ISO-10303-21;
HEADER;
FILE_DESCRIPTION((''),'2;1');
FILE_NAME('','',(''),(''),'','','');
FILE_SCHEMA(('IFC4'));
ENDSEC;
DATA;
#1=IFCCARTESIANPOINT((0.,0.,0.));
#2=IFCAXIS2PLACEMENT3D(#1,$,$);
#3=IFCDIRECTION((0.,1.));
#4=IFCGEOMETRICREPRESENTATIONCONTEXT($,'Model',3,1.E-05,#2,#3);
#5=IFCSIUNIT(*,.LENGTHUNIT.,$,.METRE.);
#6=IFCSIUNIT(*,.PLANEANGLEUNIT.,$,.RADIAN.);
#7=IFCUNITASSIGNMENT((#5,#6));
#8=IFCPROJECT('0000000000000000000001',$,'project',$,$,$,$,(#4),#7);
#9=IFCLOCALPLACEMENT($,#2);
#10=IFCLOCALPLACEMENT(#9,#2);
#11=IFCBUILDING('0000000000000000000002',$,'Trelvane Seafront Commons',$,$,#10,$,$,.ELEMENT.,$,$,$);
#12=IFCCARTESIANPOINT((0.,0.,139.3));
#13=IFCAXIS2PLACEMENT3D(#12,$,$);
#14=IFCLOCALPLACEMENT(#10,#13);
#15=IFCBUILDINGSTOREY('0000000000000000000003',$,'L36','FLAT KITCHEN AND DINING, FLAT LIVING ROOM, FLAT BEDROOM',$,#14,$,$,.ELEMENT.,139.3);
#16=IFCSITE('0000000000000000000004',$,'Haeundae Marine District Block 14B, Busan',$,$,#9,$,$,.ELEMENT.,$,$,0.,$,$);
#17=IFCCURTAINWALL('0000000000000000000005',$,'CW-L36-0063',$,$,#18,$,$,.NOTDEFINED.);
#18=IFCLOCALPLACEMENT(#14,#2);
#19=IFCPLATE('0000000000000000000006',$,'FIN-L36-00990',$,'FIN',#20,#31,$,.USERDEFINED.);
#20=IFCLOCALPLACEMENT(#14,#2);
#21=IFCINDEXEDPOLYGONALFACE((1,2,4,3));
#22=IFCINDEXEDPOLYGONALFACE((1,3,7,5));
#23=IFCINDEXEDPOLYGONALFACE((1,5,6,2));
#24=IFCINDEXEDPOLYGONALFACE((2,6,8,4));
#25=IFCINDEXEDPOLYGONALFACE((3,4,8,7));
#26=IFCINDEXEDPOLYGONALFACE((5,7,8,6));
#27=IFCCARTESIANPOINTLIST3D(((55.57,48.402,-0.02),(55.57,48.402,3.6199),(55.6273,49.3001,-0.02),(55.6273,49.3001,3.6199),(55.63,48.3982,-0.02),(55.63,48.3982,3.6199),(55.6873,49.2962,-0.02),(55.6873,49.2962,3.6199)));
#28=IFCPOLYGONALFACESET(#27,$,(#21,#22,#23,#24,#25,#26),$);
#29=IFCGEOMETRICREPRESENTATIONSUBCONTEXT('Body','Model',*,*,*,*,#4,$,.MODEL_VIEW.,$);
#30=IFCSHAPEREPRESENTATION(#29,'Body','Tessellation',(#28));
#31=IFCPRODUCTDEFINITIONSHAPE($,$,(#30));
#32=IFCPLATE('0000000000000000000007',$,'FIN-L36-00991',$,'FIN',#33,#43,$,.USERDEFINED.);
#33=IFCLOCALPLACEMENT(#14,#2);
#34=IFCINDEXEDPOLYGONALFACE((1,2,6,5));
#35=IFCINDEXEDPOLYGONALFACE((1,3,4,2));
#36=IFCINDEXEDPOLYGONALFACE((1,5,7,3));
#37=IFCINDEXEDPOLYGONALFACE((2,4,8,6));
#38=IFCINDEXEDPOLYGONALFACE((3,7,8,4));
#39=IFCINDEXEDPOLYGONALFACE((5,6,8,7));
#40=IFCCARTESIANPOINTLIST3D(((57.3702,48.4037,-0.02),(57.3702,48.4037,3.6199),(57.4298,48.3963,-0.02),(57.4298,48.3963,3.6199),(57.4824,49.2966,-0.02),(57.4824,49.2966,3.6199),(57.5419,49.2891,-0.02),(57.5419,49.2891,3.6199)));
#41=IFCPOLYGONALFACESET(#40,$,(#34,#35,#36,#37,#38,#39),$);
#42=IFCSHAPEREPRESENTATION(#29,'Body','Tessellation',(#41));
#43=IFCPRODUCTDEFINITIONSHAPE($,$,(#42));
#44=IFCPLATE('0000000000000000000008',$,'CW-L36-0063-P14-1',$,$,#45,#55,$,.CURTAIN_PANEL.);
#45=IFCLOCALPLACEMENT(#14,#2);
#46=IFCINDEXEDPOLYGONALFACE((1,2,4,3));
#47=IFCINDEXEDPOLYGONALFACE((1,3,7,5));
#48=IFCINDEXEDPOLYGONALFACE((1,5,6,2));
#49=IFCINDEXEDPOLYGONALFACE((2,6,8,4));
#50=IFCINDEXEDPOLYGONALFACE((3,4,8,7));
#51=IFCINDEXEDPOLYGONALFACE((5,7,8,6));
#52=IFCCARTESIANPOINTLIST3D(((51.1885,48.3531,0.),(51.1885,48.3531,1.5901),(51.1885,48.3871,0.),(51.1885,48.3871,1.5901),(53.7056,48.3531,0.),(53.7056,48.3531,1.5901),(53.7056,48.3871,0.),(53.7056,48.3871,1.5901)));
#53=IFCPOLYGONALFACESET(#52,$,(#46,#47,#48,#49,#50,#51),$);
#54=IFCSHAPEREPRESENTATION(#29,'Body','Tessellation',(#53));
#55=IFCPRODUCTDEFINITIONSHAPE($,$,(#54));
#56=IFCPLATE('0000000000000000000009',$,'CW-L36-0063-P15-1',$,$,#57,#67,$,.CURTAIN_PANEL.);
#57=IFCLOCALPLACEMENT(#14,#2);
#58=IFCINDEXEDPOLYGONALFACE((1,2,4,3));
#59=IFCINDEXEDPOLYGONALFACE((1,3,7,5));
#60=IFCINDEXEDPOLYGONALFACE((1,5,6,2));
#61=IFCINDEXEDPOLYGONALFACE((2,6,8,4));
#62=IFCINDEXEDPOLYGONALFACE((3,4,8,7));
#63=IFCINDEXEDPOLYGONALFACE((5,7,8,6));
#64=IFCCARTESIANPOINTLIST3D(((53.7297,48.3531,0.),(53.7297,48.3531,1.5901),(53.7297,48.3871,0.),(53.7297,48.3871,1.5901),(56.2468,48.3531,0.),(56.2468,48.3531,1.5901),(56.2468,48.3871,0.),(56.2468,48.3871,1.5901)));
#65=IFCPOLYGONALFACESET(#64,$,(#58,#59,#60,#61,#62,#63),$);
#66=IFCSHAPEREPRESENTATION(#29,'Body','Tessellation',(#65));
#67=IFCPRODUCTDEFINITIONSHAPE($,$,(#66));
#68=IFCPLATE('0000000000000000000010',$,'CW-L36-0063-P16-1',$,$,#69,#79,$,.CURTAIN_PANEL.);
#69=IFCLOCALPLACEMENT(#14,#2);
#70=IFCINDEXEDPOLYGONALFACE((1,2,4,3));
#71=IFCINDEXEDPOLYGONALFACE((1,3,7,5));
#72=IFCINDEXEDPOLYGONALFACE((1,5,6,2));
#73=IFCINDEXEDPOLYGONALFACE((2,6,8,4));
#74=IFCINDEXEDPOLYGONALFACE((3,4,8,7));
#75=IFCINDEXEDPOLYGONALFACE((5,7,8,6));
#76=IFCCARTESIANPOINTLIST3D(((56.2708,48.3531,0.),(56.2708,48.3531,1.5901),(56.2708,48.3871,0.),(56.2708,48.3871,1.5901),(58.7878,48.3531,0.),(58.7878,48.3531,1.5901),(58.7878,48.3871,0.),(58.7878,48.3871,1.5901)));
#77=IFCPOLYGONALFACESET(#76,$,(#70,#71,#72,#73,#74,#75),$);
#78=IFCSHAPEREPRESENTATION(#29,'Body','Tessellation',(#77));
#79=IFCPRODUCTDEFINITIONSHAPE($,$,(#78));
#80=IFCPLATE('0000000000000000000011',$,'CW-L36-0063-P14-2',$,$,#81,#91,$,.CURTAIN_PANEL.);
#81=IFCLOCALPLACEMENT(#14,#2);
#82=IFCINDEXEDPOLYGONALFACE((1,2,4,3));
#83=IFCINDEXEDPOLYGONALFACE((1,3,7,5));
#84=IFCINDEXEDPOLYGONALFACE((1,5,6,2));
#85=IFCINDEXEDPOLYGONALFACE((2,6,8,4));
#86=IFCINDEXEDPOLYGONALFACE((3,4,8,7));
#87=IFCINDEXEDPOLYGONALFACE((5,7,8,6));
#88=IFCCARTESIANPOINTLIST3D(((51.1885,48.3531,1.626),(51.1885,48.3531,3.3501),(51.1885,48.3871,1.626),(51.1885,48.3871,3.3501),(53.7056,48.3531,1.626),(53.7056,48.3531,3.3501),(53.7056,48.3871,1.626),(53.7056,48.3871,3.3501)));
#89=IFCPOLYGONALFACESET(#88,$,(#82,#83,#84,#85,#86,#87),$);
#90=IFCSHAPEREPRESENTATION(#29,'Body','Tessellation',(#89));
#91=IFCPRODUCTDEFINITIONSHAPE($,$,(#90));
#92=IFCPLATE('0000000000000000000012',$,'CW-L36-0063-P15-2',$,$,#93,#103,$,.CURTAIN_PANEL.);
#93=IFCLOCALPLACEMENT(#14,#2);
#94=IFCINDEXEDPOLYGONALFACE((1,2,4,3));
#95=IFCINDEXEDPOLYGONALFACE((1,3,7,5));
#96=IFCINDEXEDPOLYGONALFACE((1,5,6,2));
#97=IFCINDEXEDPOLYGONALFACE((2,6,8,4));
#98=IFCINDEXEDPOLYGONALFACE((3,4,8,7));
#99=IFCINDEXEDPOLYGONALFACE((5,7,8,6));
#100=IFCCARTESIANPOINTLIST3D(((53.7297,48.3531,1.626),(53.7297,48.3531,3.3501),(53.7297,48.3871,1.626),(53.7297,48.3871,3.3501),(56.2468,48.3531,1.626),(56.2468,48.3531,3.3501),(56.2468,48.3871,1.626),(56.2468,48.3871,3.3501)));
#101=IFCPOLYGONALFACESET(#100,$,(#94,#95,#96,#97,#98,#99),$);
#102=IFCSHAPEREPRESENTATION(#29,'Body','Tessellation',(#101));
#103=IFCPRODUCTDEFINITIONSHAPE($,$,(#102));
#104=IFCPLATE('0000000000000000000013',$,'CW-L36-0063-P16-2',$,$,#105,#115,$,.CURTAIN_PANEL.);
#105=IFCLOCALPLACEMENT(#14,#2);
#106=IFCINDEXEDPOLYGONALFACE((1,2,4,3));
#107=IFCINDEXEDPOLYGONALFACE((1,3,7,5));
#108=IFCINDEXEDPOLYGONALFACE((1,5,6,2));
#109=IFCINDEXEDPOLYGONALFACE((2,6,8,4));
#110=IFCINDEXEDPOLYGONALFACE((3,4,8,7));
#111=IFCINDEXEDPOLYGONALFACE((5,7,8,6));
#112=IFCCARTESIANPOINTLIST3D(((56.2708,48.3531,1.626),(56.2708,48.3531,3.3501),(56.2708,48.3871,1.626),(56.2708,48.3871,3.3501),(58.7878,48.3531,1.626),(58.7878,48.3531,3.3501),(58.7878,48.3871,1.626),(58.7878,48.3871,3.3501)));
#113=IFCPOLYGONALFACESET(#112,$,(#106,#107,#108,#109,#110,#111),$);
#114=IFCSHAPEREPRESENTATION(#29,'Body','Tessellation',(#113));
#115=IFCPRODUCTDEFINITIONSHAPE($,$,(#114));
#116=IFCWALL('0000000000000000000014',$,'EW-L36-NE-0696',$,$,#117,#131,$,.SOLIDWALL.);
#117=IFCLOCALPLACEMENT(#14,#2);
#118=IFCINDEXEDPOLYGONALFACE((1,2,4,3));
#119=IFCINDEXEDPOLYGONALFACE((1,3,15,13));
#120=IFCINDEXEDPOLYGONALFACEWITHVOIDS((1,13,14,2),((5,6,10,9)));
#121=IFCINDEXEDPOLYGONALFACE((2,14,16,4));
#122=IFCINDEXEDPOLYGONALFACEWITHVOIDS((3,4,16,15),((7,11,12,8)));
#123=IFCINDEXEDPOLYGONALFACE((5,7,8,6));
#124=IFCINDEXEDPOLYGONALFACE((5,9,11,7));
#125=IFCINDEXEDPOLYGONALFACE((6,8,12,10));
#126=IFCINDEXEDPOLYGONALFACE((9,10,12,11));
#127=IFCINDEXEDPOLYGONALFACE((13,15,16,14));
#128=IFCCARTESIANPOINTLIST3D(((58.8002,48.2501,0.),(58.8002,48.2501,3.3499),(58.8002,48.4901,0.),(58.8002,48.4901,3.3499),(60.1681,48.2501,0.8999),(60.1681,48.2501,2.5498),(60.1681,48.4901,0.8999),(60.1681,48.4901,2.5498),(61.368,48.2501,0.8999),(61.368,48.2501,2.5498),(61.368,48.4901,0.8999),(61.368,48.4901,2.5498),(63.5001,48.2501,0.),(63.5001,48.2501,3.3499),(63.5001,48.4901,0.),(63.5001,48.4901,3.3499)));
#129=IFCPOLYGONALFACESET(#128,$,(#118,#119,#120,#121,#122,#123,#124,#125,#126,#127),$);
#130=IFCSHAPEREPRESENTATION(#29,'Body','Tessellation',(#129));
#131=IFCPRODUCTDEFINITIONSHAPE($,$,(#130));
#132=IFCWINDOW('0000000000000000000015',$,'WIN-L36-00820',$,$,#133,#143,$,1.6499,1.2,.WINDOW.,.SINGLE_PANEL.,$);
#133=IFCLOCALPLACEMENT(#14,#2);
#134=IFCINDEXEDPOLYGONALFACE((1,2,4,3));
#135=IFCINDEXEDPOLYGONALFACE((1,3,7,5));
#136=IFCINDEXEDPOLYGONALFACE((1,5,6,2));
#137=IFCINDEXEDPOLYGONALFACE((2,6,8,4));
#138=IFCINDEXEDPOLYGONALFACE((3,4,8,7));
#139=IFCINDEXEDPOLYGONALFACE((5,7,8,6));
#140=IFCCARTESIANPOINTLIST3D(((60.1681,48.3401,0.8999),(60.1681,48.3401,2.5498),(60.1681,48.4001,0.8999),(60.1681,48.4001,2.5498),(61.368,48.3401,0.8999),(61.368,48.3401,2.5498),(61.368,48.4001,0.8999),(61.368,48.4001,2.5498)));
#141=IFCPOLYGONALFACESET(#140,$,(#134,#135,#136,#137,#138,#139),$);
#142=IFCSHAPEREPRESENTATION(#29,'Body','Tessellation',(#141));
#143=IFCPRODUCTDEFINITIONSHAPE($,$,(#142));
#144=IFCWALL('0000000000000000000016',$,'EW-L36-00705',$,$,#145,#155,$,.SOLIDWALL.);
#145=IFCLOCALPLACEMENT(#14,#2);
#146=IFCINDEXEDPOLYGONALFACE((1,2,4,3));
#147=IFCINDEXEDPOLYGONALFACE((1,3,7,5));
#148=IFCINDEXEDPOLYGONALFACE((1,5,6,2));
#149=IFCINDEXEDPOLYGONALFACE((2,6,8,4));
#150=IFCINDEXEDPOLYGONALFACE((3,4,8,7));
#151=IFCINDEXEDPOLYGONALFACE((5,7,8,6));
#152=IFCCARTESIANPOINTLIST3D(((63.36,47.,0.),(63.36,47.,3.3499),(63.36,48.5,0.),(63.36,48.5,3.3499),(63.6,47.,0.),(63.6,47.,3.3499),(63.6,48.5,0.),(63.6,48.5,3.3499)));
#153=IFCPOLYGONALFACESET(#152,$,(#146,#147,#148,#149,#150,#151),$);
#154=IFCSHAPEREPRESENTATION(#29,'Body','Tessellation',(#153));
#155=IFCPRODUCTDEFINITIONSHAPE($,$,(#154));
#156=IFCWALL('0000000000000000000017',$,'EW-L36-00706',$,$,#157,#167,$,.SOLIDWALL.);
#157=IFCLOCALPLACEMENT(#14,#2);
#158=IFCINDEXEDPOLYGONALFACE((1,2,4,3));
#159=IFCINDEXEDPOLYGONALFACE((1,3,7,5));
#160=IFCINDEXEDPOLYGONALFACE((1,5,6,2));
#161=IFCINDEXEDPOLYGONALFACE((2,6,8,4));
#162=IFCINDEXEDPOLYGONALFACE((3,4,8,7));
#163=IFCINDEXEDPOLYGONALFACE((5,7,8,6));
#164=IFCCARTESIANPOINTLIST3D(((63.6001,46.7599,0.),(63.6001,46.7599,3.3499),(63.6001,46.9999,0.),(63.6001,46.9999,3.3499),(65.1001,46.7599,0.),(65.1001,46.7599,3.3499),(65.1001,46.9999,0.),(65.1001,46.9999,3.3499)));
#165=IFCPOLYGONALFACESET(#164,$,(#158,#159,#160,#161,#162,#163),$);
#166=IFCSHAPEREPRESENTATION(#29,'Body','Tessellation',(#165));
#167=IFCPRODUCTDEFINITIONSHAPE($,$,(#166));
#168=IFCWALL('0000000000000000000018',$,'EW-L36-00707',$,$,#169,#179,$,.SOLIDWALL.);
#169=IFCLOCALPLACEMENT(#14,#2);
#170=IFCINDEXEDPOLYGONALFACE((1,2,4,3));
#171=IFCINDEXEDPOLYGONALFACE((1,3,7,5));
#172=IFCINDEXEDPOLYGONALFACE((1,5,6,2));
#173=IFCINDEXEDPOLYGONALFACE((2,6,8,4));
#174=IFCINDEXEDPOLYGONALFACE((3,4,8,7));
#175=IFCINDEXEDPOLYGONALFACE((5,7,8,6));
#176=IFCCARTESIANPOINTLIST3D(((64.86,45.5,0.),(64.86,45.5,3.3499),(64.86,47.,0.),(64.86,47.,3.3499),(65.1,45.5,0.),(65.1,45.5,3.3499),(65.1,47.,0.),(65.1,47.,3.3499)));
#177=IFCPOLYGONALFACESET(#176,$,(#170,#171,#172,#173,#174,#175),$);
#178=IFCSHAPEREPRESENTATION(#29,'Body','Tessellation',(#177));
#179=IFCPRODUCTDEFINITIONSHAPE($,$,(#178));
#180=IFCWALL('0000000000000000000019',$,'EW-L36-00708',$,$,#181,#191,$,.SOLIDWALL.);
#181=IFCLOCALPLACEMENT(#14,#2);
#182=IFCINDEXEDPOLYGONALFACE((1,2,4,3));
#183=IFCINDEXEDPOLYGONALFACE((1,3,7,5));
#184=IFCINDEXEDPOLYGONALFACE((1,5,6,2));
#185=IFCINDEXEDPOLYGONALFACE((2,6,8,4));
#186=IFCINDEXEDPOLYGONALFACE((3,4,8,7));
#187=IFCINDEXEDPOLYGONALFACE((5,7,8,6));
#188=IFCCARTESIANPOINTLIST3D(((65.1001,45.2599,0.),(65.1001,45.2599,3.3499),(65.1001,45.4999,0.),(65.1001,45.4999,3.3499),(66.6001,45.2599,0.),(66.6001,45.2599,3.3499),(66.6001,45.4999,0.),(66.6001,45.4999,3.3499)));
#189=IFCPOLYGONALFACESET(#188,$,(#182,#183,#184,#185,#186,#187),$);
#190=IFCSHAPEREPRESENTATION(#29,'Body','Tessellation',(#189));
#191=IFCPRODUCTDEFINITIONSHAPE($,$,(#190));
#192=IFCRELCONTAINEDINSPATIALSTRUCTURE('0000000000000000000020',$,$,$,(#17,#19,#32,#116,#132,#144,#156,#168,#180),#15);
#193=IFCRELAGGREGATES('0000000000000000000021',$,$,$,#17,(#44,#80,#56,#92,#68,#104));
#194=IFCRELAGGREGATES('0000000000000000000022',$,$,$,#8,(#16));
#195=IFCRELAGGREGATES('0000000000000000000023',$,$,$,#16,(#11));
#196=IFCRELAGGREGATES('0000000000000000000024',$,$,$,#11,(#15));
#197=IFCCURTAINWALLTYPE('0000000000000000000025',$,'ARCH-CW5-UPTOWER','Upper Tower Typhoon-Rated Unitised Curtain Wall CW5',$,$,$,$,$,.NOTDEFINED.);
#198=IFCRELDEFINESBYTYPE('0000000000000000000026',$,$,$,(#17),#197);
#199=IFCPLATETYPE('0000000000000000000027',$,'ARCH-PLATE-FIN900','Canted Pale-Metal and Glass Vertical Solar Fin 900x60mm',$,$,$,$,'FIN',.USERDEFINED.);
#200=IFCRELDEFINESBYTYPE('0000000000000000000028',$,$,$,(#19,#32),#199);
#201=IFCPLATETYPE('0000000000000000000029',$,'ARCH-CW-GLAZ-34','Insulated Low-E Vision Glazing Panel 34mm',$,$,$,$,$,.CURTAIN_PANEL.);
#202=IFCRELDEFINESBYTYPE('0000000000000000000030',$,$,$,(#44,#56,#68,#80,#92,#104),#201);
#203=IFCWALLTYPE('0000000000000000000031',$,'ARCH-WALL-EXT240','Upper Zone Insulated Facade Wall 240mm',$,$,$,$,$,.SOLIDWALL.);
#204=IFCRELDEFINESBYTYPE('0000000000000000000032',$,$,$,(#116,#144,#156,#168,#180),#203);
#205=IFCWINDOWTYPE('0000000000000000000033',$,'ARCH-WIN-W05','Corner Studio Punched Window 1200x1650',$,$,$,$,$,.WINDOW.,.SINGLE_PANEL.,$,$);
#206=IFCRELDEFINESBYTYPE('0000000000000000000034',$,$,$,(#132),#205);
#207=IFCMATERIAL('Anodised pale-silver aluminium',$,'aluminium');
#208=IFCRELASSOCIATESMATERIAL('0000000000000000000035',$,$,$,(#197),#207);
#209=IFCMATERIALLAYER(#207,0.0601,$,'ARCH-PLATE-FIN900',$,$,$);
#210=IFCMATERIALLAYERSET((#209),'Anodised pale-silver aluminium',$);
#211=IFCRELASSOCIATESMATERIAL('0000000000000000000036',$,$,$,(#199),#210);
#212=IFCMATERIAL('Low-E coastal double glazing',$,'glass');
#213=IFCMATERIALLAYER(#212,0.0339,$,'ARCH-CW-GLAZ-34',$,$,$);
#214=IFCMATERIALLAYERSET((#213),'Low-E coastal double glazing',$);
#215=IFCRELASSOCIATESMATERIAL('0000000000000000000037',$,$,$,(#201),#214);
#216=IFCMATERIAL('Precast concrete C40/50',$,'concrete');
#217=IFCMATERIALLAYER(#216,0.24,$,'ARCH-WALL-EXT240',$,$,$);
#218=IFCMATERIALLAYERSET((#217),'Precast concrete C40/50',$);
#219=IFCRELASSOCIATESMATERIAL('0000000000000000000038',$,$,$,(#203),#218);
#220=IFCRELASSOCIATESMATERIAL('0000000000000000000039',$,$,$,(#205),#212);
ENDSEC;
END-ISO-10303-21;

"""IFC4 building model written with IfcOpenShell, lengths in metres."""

from ifc_helpers import new_model, si_unit, direction, frame, frame_2d, origin, origin_2d, place, context, subcontext, project, spatial, rectangle, extrude, source, transform, mapped, material, layer, layer_set, type_object, element, fill, aggregate, save


model = new_model("IFC4")

# Units and contexts
model_context = context("Model", 3, precision=1e-05, world=origin(), true_north=direction((0.0, 1.0)))
body_context = subcontext(model_context, "Body", "Model", "MODEL_VIEW")
ifc_project = project(units=[si_unit("LENGTHUNIT", "METRE"), si_unit("PLANEANGLEUNIT", "RADIAN")], contexts=[model_context])

# Site, building, storey
site_placement = place(None, origin())
site = spatial("IfcSite", under=ifc_project, at=site_placement, Name="Haeundae Marine District Block 14B, Busan", CompositionType="ELEMENT", RefElevation=0.0)
building_placement = place(site_placement, origin())
building = spatial("IfcBuilding", under=site, at=building_placement, Name="Trelvane Seafront Commons", CompositionType="ELEMENT")
storey_placement = place(building_placement, frame((0.0, 0.0, 139.3)))
storey = spatial("IfcBuildingStorey", under=building, at=storey_placement, Name="L36", Description="FLAT KITCHEN AND DINING, FLAT LIVING ROOM, FLAT BEDROOM", CompositionType="ELEMENT", Elevation=139.3)

# Curtain wall
ifc_material_1 = material(Name="Anodised pale-silver aluminium", Category="aluminium")
curtain_wall_type = type_object("IfcCurtainWallType", Name="ARCH-CW5-UPTOWER", Description="Upper Tower Typhoon-Rated Unitised Curtain Wall CW5", PredefinedType="NOTDEFINED", material=ifc_material_1)
curtain_wall_placement = place(storey_placement, origin())
curtain_wall = element("IfcCurtainWall", 1, at=curtain_wall_placement, inside=storey, type_object=curtain_wall_type, Name="CW-L36-0063", PredefinedType="NOTDEFINED")

# Plates
ifc_layer_1 = layer(ifc_material_1, 0.0601, Name="ARCH-PLATE-FIN900")
ifc_layer_set_1 = layer_set([ifc_layer_1], Name="Anodised pale-silver aluminium")
plate_type_1 = type_object("IfcPlateType", Name="ARCH-PLATE-FIN900", Description="Canted Pale-Metal and Glass Vertical Solar Fin 900x60mm", ElementType="FIN", PredefinedType="USERDEFINED", material=ifc_layer_set_1)
shared_shape_1 = source(origin(), body_context, "Body", "SweptSolid", [
    extrude(rectangle(XDim=0.8999, YDim=0.0601, at=origin_2d()), origin(), (0.0, 0.0, 1.0), 3.6399),
])
for number, where, z_axis, x_axis, name in (
    (2, (55.6287, 48.8491, -0.02), (0.0, 0.0, 1.0), (0.063665, 0.997971, 0.0), "FIN-L36-00990"),
    (3, (57.4561, 48.8464, -0.02), (0.0, 0.0, 1.0), (0.124663, 0.992199, 0.0), "FIN-L36-00991"),
):
    element("IfcPlate", number, at=place(storey_placement, frame(where, z_axis=z_axis, x_axis=x_axis)), inside=storey, type_object=plate_type_1, Name=name, ObjectType="FIN", PredefinedType="USERDEFINED", context=body_context, shape_type="MappedRepresentation", body=[
        mapped(shared_shape_1, transform((0.0, 0.0, 0.0), x_axis=(1.0, 0.0, 0.0), y_axis=(0.0, 1.0, 0.0), z_axis=(0.0, 0.0, 1.0), scale=1.0)),
    ])

# Plates
ifc_material_2 = material(Name="Low-E coastal double glazing", Category="glass")
ifc_layer_2 = layer(ifc_material_2, 0.0339, Name="ARCH-CW-GLAZ-34")
ifc_layer_set_2 = layer_set([ifc_layer_2], Name="Low-E coastal double glazing")
plate_type_2 = type_object("IfcPlateType", Name="ARCH-CW-GLAZ-34", Description="Insulated Low-E Vision Glazing Panel 34mm", PredefinedType="CURTAIN_PANEL", material=ifc_layer_set_2)
shared_shape_2 = source(origin(), body_context, "Body", "SweptSolid", [
    extrude(rectangle(XDim=2.5171, YDim=0.0339, at=origin_2d()), origin(), (0.0, 0.0, 1.0), 1.5901),
])
plate_1_placement = place(storey_placement, frame((52.447, 48.3701, 0.0), z_axis=(0.0, 0.0, 1.0), x_axis=(1.0, 0.0, 0.0)))
plate_1 = element("IfcPlate", 4, at=plate_1_placement, type_object=plate_type_2, Name="CW-L36-0063-P14-1", PredefinedType="CURTAIN_PANEL", context=body_context, shape_type="MappedRepresentation", body=[
    mapped(shared_shape_2, transform((0.0, 0.0, 0.0), x_axis=(1.0, 0.0, 0.0), y_axis=(0.0, 1.0, 0.0), z_axis=(0.0, 0.0, 1.0), scale=1.0)),
])
plate_2_placement = place(storey_placement, frame((54.9883, 48.3701, 0.0), z_axis=(0.0, 0.0, 1.0), x_axis=(1.0, 0.0, 0.0)))
plate_2 = element("IfcPlate", 5, at=plate_2_placement, type_object=plate_type_2, Name="CW-L36-0063-P15-1", PredefinedType="CURTAIN_PANEL", context=body_context, shape_type="MappedRepresentation", body=[
    mapped(shared_shape_2, transform((0.0, 0.0, 0.0), x_axis=(1.0, 0.0, 0.0), y_axis=(0.0, 1.0, 0.0), z_axis=(0.0, 0.0, 1.0), scale=1.0)),
])
plate_3_placement = place(storey_placement, frame((57.5293, 48.3701, 0.0), z_axis=(0.0, 0.0, 1.0), x_axis=(1.0, 0.0, 0.0)))
plate_3 = element("IfcPlate", 6, at=plate_3_placement, type_object=plate_type_2, Name="CW-L36-0063-P16-1", PredefinedType="CURTAIN_PANEL", context=body_context, shape_type="MappedRepresentation", body=[
    mapped(shared_shape_2, transform((0.0, 0.0, 0.0), x_axis=(1.0, 0.0, 0.0), y_axis=(0.0, 1.0, 0.0), z_axis=(0.0, 0.0, 1.0), scale=1.0)),
])
shared_shape_3 = source(origin(), body_context, "Body", "SweptSolid", [
    extrude(rectangle(XDim=2.5171, YDim=0.0339, at=origin_2d()), origin(), (0.0, 0.0, 1.0), 1.7241),
])
plate_4_placement = place(storey_placement, frame((52.447, 48.3701, 1.626), z_axis=(0.0, 0.0, 1.0), x_axis=(1.0, 0.0, 0.0)))
plate_4 = element("IfcPlate", 7, at=plate_4_placement, type_object=plate_type_2, Name="CW-L36-0063-P14-2", PredefinedType="CURTAIN_PANEL", context=body_context, shape_type="MappedRepresentation", body=[
    mapped(shared_shape_3, transform((0.0, 0.0, 0.0), x_axis=(1.0, 0.0, 0.0), y_axis=(0.0, 1.0, 0.0), z_axis=(0.0, 0.0, 1.0), scale=1.0)),
])
plate_5_placement = place(storey_placement, frame((54.9883, 48.3701, 1.626), z_axis=(0.0, 0.0, 1.0), x_axis=(1.0, 0.0, 0.0)))
plate_5 = element("IfcPlate", 8, at=plate_5_placement, type_object=plate_type_2, Name="CW-L36-0063-P15-2", PredefinedType="CURTAIN_PANEL", context=body_context, shape_type="MappedRepresentation", body=[
    mapped(shared_shape_3, transform((0.0, 0.0, 0.0), x_axis=(1.0, 0.0, 0.0), y_axis=(0.0, 1.0, 0.0), z_axis=(0.0, 0.0, 1.0), scale=1.0)),
])
plate_6_placement = place(storey_placement, frame((57.5293, 48.3701, 1.626), z_axis=(0.0, 0.0, 1.0), x_axis=(1.0, 0.0, 0.0)))
plate_6 = element("IfcPlate", 9, at=plate_6_placement, type_object=plate_type_2, Name="CW-L36-0063-P16-2", PredefinedType="CURTAIN_PANEL", context=body_context, shape_type="MappedRepresentation", body=[
    mapped(shared_shape_3, transform((0.0, 0.0, 0.0), x_axis=(1.0, 0.0, 0.0), y_axis=(0.0, 1.0, 0.0), z_axis=(0.0, 0.0, 1.0), scale=1.0)),
])
aggregate(curtain_wall, [plate_1, plate_4, plate_2, plate_5, plate_3, plate_6])

# Wall, opening, window
ifc_material_3 = material(Name="Precast concrete C40/50", Category="concrete")
ifc_layer_3 = layer(ifc_material_3, 0.24, Name="ARCH-WALL-EXT240")
ifc_layer_set_3 = layer_set([ifc_layer_3], Name="Precast concrete C40/50")
wall_type = type_object("IfcWallType", Name="ARCH-WALL-EXT240", Description="Upper Zone Insulated Facade Wall 240mm", PredefinedType="SOLIDWALL", material=ifc_layer_set_3)
wall_1_placement = place(storey_placement, frame((58.8, 48.3701, 0.0), z_axis=(0.0, 0.0, 1.0), x_axis=(1.0, 0.0, 0.0)))
wall_1 = element("IfcWall", 10, at=wall_1_placement, inside=storey, type_object=wall_type, Name="EW-L36-NE-0696", PredefinedType="SOLIDWALL", context=body_context, shape_type="SweptSolid", body=[
    extrude(rectangle(XDim=4.7, YDim=0.24, at=frame_2d((2.3501, 0.0))), origin(), (0.0, 0.0, 1.0), 3.3499),
])
opening_1_placement = place(wall_1_placement, frame((1.3679, 0.0, 0.8999)))
opening_1 = element("IfcOpeningElement", 11, at=opening_1_placement, cuts=wall_1, PredefinedType="OPENING", context=body_context, shape_type="SweptSolid", body=[
    extrude(rectangle(XDim=1.2, YDim=1.6499, at=frame_2d((0.6001, 0.825))), frame((0.0, 0.1299, 0.0), z_axis=(0.0, -1.0, 0.0), x_axis=(1.0, 0.0, 0.0)), (0.0, 0.0, 1.0), 0.26),
])
window_type_1 = type_object("IfcWindowType", Name="ARCH-WIN-W05", Description="Corner Studio Punched Window 1200x1650", PartitioningType="SINGLE_PANEL", PredefinedType="WINDOW", material=ifc_material_2)
shared_shape_4 = source(origin(), body_context, "Body", "SweptSolid", [
    extrude(rectangle(XDim=1.2, YDim=1.6499, at=frame_2d((0.6001, 0.825))), frame((0.0, 0.03, 0.0), z_axis=(0.0, -1.0, 0.0), x_axis=(1.0, 0.0, 0.0)), (0.0, 0.0, 1.0), 0.0601),
])
window_1_placement = place(opening_1_placement, origin())
window_1 = element("IfcWindow", 12, at=window_1_placement, inside=storey, type_object=window_type_1, Name="WIN-L36-00820", OverallHeight=1.6499, OverallWidth=1.2, PartitioningType="SINGLE_PANEL", PredefinedType="WINDOW", context=body_context, shape_type="MappedRepresentation", body=[
    mapped(shared_shape_4, transform((0.0, 0.0, 0.0), x_axis=(1.0, 0.0, 0.0), y_axis=(0.0, 1.0, 0.0), z_axis=(0.0, 0.0, 1.0), scale=1.0)),
])
fill(opening_1, window_1)

# Walls
for number, where, z_axis, x_axis, name in (
    (13, (63.48, 48.5, 0.0), (0.0, 0.0, 1.0), (0.0, -1.0, 0.0), "EW-L36-00705"),
    (14, (63.6001, 46.8799, 0.0), (0.0, 0.0, 1.0), (1.0, 0.0, 0.0), "EW-L36-00706"),
    (15, (64.98, 47.0, 0.0), (0.0, 0.0, 1.0), (0.0, -1.0, 0.0), "EW-L36-00707"),
    (16, (65.1001, 45.3799, 0.0), (0.0, 0.0, 1.0), (1.0, 0.0, 0.0), "EW-L36-00708"),
):
    element("IfcWall", number, at=place(storey_placement, frame(where, z_axis=z_axis, x_axis=x_axis)), inside=storey, type_object=wall_type, Name=name, PredefinedType="SOLIDWALL", context=body_context, shape_type="SweptSolid", body=[
        extrude(rectangle(XDim=1.5, YDim=0.24, at=frame_2d((0.75, 0.0))), origin(), (0.0, 0.0, 1.0), 3.3499),
    ])

save(model, "model.ifc")
